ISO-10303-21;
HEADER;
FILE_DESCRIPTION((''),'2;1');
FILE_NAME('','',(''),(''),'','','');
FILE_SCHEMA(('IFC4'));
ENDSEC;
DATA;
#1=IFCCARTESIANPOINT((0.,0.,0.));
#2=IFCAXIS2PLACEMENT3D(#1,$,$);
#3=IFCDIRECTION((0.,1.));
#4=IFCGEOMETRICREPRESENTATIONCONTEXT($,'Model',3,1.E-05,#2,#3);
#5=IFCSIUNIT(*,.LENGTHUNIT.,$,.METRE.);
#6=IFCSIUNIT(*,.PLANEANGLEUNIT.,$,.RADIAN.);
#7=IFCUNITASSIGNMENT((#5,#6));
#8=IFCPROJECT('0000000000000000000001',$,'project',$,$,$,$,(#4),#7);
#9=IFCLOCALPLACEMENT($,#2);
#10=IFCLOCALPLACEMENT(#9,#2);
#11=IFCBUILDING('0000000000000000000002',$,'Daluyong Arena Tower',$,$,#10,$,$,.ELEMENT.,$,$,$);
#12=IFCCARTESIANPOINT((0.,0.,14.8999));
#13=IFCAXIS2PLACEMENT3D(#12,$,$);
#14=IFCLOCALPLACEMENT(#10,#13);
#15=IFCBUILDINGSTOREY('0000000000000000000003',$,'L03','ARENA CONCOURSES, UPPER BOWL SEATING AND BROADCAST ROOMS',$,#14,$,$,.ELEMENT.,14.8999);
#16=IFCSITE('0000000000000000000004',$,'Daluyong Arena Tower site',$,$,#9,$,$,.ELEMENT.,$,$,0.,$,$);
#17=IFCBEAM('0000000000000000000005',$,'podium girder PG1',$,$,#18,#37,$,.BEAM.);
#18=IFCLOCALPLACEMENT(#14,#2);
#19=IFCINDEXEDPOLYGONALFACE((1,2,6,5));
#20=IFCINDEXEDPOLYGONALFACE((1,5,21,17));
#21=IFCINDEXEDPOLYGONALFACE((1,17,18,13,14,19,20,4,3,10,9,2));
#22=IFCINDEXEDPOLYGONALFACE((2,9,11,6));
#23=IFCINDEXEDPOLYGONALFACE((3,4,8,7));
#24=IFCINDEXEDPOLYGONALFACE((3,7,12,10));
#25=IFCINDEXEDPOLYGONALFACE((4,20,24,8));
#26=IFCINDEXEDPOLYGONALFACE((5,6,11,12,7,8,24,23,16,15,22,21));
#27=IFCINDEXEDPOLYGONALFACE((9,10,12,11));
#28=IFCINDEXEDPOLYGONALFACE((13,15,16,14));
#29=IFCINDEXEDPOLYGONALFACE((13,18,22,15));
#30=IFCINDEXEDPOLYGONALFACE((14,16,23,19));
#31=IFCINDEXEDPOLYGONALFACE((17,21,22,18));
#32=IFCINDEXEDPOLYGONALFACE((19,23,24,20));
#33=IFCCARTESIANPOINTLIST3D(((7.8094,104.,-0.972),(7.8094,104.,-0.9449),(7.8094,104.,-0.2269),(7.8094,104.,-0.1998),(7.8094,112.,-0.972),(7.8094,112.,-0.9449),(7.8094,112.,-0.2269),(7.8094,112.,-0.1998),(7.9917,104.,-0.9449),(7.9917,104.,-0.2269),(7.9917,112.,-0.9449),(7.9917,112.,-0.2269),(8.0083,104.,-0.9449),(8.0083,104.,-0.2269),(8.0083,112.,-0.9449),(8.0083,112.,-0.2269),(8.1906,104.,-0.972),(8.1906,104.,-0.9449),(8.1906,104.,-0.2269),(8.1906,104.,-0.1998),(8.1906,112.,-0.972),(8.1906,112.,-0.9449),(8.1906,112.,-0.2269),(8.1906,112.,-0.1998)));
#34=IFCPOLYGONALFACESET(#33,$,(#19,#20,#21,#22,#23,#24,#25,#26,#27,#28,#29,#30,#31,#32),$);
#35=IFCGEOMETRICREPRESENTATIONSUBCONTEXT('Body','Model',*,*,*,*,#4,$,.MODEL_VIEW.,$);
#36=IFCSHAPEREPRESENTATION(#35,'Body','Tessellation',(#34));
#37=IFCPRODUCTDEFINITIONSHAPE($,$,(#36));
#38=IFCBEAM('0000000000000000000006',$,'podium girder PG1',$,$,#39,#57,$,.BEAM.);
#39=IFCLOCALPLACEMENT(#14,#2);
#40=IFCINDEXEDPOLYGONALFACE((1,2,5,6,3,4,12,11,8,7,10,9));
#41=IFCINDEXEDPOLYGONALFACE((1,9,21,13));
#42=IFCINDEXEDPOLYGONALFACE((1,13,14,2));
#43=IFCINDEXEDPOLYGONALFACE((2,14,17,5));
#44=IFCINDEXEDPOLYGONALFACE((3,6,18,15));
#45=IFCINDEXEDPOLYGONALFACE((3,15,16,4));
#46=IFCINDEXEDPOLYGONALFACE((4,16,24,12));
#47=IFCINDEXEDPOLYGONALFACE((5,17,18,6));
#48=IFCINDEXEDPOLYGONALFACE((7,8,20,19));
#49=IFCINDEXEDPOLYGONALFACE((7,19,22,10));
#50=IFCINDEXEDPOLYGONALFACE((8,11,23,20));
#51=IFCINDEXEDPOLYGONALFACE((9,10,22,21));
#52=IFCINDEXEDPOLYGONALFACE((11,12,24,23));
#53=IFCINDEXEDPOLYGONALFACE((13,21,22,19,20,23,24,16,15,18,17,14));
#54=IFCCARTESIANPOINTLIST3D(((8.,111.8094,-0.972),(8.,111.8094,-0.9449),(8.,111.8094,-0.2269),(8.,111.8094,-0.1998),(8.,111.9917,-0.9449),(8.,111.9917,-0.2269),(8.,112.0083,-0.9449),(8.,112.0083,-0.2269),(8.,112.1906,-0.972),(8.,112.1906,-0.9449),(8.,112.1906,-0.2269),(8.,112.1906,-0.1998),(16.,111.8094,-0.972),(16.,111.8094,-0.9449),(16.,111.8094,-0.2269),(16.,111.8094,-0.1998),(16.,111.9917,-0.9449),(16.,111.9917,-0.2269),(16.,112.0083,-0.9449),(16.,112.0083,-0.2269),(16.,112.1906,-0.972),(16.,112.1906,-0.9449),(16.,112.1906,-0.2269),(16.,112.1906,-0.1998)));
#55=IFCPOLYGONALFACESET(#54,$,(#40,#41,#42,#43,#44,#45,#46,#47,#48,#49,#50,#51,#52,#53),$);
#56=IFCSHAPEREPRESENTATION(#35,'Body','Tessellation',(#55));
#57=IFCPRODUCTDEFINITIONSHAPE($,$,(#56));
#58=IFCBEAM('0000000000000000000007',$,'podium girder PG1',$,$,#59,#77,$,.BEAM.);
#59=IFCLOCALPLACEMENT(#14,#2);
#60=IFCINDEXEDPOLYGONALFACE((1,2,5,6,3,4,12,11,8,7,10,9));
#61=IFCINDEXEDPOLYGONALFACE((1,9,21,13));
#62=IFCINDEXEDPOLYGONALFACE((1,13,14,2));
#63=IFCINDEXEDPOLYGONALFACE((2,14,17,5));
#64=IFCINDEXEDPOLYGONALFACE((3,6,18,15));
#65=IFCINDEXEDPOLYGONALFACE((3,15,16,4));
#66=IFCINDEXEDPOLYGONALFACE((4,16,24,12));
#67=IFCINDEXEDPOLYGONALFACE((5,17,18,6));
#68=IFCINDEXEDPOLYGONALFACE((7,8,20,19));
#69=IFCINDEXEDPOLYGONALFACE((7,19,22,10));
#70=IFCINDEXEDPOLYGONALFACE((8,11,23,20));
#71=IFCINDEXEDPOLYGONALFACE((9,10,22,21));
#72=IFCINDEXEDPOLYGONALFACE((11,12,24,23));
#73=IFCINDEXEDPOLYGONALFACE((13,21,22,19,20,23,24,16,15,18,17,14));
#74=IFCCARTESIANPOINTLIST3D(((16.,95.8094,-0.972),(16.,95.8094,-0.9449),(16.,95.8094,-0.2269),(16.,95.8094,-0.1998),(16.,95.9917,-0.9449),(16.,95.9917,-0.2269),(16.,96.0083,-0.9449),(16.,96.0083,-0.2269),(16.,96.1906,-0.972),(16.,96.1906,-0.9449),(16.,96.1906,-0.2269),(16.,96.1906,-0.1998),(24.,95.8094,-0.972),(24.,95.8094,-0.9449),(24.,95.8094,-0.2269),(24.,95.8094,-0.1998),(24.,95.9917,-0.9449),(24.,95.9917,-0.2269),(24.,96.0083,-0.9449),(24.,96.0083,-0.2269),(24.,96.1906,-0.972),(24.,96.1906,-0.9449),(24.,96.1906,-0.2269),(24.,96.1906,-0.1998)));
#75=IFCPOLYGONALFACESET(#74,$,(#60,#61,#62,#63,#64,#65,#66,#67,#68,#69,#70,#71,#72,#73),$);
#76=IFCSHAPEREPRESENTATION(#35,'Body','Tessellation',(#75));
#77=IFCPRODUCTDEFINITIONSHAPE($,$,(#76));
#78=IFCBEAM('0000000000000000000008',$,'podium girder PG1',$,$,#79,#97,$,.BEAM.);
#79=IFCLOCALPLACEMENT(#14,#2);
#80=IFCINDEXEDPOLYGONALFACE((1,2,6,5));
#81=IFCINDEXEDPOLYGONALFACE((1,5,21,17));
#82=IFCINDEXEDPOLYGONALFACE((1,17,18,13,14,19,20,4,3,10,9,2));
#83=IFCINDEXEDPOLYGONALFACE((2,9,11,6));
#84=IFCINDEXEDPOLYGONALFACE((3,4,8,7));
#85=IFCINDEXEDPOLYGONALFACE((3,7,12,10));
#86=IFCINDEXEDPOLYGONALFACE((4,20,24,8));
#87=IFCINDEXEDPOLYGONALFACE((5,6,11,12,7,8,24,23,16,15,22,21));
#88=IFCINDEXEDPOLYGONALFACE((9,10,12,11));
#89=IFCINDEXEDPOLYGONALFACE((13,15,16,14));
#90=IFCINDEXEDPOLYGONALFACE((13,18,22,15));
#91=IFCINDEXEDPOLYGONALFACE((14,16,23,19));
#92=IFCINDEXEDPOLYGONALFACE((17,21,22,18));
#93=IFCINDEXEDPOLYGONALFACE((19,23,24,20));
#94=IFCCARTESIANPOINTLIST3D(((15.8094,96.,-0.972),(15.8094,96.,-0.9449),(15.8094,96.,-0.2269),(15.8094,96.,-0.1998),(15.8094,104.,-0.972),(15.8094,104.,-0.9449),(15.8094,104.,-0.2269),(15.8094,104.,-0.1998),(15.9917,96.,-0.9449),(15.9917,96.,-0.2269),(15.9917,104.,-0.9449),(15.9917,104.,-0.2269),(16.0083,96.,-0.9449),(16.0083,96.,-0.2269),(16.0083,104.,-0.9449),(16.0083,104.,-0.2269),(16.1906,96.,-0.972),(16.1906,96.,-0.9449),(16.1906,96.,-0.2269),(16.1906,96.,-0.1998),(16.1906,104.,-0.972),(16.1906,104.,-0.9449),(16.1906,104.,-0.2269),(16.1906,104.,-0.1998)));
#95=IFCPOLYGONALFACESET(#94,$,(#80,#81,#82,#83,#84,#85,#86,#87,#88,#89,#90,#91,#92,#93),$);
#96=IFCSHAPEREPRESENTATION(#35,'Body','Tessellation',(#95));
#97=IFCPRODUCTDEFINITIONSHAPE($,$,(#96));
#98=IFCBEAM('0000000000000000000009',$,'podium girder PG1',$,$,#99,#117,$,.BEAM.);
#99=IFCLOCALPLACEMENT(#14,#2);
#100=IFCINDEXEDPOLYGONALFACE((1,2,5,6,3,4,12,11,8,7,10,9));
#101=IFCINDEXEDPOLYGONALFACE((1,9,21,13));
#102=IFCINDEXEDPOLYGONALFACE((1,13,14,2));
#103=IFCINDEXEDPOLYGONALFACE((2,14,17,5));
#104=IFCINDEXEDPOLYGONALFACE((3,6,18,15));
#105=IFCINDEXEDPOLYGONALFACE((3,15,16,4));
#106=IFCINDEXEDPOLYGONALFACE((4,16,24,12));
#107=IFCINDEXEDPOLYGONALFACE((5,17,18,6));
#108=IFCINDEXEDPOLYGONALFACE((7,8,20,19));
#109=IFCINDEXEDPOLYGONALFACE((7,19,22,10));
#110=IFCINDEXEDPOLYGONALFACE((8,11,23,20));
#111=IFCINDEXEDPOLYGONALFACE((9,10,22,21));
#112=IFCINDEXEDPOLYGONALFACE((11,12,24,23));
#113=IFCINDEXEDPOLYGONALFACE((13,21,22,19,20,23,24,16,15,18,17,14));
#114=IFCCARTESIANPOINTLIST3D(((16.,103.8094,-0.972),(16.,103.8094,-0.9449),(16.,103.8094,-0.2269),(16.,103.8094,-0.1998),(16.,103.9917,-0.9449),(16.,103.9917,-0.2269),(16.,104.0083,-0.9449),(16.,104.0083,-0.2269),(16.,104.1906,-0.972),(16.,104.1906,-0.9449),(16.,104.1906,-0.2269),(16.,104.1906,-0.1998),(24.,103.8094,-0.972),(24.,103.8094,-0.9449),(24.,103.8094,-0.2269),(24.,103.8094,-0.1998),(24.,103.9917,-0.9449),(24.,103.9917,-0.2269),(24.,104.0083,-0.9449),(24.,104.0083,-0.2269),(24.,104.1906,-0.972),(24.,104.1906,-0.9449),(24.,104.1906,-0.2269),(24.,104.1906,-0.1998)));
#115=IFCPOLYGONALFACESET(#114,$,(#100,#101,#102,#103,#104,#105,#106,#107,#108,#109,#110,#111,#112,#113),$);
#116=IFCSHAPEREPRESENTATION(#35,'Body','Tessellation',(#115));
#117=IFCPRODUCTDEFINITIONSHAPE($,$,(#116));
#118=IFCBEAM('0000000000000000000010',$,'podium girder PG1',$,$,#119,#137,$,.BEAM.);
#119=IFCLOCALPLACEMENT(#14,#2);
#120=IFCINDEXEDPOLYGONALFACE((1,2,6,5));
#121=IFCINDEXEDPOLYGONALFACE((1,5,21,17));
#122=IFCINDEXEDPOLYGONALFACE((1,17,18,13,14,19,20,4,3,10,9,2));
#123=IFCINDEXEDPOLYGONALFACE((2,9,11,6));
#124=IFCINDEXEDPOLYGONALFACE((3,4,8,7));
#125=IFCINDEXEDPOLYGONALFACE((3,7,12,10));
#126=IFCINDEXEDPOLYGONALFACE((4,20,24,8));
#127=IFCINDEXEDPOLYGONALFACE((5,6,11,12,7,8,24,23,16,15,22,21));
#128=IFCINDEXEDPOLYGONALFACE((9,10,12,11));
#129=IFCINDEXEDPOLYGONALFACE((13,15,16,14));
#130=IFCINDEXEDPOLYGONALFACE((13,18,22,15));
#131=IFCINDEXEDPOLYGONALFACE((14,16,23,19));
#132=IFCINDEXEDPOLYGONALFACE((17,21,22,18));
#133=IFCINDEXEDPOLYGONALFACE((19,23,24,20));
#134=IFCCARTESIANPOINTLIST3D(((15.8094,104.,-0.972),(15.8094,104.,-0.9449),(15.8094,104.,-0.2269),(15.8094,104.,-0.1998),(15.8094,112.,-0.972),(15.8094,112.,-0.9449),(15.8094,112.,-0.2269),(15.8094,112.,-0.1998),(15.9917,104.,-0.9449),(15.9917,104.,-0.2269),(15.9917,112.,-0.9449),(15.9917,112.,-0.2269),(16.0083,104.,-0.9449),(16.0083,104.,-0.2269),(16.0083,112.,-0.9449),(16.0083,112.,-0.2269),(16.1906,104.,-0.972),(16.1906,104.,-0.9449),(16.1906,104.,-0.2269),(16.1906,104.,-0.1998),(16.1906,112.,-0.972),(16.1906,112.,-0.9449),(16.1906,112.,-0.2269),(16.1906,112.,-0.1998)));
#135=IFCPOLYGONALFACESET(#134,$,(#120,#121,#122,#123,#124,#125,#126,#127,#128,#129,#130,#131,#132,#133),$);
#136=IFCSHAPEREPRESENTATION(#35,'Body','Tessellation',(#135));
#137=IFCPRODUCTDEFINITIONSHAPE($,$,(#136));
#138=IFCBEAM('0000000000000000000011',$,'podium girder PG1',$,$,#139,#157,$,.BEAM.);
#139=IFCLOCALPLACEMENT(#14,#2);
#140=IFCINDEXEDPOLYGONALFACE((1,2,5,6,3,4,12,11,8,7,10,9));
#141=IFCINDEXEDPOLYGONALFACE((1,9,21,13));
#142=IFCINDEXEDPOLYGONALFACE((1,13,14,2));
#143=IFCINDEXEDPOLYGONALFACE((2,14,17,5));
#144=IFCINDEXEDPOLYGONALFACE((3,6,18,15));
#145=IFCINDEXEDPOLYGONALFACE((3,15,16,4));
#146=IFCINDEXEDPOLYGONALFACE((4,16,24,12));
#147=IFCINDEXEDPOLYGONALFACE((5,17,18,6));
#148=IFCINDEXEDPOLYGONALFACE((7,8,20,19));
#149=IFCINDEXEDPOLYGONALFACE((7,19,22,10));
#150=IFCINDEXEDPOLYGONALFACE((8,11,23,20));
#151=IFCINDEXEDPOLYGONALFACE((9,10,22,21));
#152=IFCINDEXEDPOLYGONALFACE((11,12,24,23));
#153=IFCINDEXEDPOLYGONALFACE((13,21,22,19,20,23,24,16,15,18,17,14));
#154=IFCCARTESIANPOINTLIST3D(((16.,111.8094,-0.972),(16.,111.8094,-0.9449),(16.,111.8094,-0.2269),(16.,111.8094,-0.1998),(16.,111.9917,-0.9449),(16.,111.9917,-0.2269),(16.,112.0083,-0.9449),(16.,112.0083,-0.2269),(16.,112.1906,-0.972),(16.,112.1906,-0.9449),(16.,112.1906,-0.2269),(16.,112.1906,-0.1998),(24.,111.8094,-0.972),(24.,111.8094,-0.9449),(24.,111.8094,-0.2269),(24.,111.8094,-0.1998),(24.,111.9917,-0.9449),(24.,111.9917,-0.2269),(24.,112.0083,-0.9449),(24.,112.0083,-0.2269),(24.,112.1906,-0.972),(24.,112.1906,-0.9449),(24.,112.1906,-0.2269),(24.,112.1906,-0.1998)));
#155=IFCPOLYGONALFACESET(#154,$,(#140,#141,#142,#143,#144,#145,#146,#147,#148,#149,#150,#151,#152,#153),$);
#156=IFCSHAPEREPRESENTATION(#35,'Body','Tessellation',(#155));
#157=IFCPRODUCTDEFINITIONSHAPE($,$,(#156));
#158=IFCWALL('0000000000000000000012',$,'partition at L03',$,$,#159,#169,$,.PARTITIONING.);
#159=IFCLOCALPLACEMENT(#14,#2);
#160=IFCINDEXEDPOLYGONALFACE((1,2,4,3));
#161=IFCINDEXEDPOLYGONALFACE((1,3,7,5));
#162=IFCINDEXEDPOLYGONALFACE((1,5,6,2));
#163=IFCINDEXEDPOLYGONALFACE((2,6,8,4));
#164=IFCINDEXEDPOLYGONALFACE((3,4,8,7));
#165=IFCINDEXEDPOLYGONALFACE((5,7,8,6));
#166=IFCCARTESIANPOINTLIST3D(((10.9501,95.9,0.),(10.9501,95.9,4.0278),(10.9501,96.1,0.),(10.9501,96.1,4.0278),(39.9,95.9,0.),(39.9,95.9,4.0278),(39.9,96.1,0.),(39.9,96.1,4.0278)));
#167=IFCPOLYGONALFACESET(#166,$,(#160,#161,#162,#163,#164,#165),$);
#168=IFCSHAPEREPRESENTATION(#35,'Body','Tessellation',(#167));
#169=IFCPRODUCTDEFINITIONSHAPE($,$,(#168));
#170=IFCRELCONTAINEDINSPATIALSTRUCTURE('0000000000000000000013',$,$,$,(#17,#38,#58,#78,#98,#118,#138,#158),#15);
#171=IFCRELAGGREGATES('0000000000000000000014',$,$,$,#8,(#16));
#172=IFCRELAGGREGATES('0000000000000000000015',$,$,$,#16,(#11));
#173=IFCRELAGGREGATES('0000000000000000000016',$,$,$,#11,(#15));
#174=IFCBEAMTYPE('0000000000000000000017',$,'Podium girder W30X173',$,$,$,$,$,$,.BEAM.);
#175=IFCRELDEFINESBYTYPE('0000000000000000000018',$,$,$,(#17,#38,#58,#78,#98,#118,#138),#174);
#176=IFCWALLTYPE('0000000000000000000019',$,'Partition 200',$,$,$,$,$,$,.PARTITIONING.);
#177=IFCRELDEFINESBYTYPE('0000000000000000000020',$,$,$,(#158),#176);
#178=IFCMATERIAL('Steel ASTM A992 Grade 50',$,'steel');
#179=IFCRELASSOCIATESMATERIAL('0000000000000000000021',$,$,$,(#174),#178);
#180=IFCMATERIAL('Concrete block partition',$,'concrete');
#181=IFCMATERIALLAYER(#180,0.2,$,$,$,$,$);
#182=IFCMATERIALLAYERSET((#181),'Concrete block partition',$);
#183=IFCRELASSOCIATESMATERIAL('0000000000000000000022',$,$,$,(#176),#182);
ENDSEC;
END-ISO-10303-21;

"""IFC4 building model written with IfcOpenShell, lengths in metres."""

from ifc_helpers import new_model, si_unit, direction, frame, frame_2d, origin, origin_2d, place, context, subcontext, project, spatial, rectangle, i_section, extrude, material, layer, layer_set, material_profile, profile_set, type_object, element, save


model = new_model("IFC4")

# Units and contexts
model_context = context("Model", 3, precision=1e-05, world=origin(), true_north=direction((0.0, 1.0)))
body_context = subcontext(model_context, "Body", "Model", "MODEL_VIEW")
ifc_project = project(units=[si_unit("LENGTHUNIT", "METRE"), si_unit("PLANEANGLEUNIT", "RADIAN")], contexts=[model_context])

# Site, building, storey
site_placement = place(None, origin())
site = spatial("IfcSite", under=ifc_project, at=site_placement, Name="Daluyong Arena Tower site", CompositionType="ELEMENT", RefElevation=0.0)
building_placement = place(site_placement, origin())
building = spatial("IfcBuilding", under=site, at=building_placement, Name="Daluyong Arena Tower", CompositionType="ELEMENT")
storey_placement = place(building_placement, frame((0.0, 0.0, 14.8999)))
storey = spatial("IfcBuildingStorey", under=building, at=storey_placement, Name="L03", Description="ARENA CONCOURSES, UPPER BOWL SEATING AND BROADCAST ROOMS", CompositionType="ELEMENT", Elevation=14.8999)

# Beams
ifc_material_1 = material(Name="Steel ASTM A992 Grade 50", Category="steel")
ifc_material_profile_1 = material_profile(ifc_material_1, i_section(OverallWidth=0.3811, OverallDepth=0.7722, WebThickness=0.0166, FlangeThickness=0.0271, at=origin_2d()))
ifc_profile_set_1 = profile_set([ifc_material_profile_1], Name="Steel ASTM A992 Grade 50")
beam_type_1 = type_object("IfcBeamType", Name="Podium girder W30X173", PredefinedType="BEAM", material=ifc_profile_set_1)
for number, where, z_axis, x_axis, name in (
    (1, (8.0, 104.0, -0.5859), (0.0, 1.0, 0.0), (-1.0, 0.0, 0.0), "podium girder PG1"),
    (2, (8.0, 112.0, -0.5859), (1.0, 0.0, 0.0), (0.0, 1.0, 0.0), "podium girder PG1"),
    (3, (16.0, 96.0, -0.5859), (1.0, 0.0, 0.0), (0.0, 1.0, 0.0), "podium girder PG1"),
    (4, (16.0, 96.0, -0.5859), (0.0, 1.0, 0.0), (-1.0, 0.0, 0.0), "podium girder PG1"),
    (5, (16.0, 104.0, -0.5859), (1.0, 0.0, 0.0), (0.0, 1.0, 0.0), "podium girder PG1"),
    (6, (16.0, 104.0, -0.5859), (0.0, 1.0, 0.0), (-1.0, 0.0, 0.0), "podium girder PG1"),
    (7, (16.0, 112.0, -0.5859), (1.0, 0.0, 0.0), (0.0, 1.0, 0.0), "podium girder PG1"),
):
    element("IfcBeam", number, at=place(storey_placement, frame(where, z_axis=z_axis, x_axis=x_axis)), inside=storey, type_object=beam_type_1, Name=name, PredefinedType="BEAM", context=body_context, shape_type="SweptSolid", body=[
        extrude(i_section(OverallWidth=0.3811, OverallDepth=0.7722, WebThickness=0.0166, FlangeThickness=0.0271, at=origin_2d()), origin(), (0.0, 0.0, 1.0), 8.0),
    ])

# Wall
ifc_material_2 = material(Name="Concrete block partition", Category="concrete")
ifc_layer_1 = layer(ifc_material_2, 0.2)
ifc_layer_set_1 = layer_set([ifc_layer_1], Name="Concrete block partition")
wall_type_1 = type_object("IfcWallType", Name="Partition 200", PredefinedType="PARTITIONING", material=ifc_layer_set_1)
wall_1_placement = place(storey_placement, frame((10.95, 96.0, 0.0), z_axis=(0.0, 0.0, 1.0), x_axis=(1.0, 0.0, 0.0)))
element("IfcWall", 8, at=wall_1_placement, inside=storey, type_object=wall_type_1, Name="partition at L03", PredefinedType="PARTITIONING", context=body_context, shape_type="SweptSolid", body=[
    extrude(rectangle(XDim=28.95, YDim=0.2, at=frame_2d((14.4751, 0.0))), origin(), (0.0, 0.0, 1.0), 4.0278),
])

save(model, "model.ifc")
